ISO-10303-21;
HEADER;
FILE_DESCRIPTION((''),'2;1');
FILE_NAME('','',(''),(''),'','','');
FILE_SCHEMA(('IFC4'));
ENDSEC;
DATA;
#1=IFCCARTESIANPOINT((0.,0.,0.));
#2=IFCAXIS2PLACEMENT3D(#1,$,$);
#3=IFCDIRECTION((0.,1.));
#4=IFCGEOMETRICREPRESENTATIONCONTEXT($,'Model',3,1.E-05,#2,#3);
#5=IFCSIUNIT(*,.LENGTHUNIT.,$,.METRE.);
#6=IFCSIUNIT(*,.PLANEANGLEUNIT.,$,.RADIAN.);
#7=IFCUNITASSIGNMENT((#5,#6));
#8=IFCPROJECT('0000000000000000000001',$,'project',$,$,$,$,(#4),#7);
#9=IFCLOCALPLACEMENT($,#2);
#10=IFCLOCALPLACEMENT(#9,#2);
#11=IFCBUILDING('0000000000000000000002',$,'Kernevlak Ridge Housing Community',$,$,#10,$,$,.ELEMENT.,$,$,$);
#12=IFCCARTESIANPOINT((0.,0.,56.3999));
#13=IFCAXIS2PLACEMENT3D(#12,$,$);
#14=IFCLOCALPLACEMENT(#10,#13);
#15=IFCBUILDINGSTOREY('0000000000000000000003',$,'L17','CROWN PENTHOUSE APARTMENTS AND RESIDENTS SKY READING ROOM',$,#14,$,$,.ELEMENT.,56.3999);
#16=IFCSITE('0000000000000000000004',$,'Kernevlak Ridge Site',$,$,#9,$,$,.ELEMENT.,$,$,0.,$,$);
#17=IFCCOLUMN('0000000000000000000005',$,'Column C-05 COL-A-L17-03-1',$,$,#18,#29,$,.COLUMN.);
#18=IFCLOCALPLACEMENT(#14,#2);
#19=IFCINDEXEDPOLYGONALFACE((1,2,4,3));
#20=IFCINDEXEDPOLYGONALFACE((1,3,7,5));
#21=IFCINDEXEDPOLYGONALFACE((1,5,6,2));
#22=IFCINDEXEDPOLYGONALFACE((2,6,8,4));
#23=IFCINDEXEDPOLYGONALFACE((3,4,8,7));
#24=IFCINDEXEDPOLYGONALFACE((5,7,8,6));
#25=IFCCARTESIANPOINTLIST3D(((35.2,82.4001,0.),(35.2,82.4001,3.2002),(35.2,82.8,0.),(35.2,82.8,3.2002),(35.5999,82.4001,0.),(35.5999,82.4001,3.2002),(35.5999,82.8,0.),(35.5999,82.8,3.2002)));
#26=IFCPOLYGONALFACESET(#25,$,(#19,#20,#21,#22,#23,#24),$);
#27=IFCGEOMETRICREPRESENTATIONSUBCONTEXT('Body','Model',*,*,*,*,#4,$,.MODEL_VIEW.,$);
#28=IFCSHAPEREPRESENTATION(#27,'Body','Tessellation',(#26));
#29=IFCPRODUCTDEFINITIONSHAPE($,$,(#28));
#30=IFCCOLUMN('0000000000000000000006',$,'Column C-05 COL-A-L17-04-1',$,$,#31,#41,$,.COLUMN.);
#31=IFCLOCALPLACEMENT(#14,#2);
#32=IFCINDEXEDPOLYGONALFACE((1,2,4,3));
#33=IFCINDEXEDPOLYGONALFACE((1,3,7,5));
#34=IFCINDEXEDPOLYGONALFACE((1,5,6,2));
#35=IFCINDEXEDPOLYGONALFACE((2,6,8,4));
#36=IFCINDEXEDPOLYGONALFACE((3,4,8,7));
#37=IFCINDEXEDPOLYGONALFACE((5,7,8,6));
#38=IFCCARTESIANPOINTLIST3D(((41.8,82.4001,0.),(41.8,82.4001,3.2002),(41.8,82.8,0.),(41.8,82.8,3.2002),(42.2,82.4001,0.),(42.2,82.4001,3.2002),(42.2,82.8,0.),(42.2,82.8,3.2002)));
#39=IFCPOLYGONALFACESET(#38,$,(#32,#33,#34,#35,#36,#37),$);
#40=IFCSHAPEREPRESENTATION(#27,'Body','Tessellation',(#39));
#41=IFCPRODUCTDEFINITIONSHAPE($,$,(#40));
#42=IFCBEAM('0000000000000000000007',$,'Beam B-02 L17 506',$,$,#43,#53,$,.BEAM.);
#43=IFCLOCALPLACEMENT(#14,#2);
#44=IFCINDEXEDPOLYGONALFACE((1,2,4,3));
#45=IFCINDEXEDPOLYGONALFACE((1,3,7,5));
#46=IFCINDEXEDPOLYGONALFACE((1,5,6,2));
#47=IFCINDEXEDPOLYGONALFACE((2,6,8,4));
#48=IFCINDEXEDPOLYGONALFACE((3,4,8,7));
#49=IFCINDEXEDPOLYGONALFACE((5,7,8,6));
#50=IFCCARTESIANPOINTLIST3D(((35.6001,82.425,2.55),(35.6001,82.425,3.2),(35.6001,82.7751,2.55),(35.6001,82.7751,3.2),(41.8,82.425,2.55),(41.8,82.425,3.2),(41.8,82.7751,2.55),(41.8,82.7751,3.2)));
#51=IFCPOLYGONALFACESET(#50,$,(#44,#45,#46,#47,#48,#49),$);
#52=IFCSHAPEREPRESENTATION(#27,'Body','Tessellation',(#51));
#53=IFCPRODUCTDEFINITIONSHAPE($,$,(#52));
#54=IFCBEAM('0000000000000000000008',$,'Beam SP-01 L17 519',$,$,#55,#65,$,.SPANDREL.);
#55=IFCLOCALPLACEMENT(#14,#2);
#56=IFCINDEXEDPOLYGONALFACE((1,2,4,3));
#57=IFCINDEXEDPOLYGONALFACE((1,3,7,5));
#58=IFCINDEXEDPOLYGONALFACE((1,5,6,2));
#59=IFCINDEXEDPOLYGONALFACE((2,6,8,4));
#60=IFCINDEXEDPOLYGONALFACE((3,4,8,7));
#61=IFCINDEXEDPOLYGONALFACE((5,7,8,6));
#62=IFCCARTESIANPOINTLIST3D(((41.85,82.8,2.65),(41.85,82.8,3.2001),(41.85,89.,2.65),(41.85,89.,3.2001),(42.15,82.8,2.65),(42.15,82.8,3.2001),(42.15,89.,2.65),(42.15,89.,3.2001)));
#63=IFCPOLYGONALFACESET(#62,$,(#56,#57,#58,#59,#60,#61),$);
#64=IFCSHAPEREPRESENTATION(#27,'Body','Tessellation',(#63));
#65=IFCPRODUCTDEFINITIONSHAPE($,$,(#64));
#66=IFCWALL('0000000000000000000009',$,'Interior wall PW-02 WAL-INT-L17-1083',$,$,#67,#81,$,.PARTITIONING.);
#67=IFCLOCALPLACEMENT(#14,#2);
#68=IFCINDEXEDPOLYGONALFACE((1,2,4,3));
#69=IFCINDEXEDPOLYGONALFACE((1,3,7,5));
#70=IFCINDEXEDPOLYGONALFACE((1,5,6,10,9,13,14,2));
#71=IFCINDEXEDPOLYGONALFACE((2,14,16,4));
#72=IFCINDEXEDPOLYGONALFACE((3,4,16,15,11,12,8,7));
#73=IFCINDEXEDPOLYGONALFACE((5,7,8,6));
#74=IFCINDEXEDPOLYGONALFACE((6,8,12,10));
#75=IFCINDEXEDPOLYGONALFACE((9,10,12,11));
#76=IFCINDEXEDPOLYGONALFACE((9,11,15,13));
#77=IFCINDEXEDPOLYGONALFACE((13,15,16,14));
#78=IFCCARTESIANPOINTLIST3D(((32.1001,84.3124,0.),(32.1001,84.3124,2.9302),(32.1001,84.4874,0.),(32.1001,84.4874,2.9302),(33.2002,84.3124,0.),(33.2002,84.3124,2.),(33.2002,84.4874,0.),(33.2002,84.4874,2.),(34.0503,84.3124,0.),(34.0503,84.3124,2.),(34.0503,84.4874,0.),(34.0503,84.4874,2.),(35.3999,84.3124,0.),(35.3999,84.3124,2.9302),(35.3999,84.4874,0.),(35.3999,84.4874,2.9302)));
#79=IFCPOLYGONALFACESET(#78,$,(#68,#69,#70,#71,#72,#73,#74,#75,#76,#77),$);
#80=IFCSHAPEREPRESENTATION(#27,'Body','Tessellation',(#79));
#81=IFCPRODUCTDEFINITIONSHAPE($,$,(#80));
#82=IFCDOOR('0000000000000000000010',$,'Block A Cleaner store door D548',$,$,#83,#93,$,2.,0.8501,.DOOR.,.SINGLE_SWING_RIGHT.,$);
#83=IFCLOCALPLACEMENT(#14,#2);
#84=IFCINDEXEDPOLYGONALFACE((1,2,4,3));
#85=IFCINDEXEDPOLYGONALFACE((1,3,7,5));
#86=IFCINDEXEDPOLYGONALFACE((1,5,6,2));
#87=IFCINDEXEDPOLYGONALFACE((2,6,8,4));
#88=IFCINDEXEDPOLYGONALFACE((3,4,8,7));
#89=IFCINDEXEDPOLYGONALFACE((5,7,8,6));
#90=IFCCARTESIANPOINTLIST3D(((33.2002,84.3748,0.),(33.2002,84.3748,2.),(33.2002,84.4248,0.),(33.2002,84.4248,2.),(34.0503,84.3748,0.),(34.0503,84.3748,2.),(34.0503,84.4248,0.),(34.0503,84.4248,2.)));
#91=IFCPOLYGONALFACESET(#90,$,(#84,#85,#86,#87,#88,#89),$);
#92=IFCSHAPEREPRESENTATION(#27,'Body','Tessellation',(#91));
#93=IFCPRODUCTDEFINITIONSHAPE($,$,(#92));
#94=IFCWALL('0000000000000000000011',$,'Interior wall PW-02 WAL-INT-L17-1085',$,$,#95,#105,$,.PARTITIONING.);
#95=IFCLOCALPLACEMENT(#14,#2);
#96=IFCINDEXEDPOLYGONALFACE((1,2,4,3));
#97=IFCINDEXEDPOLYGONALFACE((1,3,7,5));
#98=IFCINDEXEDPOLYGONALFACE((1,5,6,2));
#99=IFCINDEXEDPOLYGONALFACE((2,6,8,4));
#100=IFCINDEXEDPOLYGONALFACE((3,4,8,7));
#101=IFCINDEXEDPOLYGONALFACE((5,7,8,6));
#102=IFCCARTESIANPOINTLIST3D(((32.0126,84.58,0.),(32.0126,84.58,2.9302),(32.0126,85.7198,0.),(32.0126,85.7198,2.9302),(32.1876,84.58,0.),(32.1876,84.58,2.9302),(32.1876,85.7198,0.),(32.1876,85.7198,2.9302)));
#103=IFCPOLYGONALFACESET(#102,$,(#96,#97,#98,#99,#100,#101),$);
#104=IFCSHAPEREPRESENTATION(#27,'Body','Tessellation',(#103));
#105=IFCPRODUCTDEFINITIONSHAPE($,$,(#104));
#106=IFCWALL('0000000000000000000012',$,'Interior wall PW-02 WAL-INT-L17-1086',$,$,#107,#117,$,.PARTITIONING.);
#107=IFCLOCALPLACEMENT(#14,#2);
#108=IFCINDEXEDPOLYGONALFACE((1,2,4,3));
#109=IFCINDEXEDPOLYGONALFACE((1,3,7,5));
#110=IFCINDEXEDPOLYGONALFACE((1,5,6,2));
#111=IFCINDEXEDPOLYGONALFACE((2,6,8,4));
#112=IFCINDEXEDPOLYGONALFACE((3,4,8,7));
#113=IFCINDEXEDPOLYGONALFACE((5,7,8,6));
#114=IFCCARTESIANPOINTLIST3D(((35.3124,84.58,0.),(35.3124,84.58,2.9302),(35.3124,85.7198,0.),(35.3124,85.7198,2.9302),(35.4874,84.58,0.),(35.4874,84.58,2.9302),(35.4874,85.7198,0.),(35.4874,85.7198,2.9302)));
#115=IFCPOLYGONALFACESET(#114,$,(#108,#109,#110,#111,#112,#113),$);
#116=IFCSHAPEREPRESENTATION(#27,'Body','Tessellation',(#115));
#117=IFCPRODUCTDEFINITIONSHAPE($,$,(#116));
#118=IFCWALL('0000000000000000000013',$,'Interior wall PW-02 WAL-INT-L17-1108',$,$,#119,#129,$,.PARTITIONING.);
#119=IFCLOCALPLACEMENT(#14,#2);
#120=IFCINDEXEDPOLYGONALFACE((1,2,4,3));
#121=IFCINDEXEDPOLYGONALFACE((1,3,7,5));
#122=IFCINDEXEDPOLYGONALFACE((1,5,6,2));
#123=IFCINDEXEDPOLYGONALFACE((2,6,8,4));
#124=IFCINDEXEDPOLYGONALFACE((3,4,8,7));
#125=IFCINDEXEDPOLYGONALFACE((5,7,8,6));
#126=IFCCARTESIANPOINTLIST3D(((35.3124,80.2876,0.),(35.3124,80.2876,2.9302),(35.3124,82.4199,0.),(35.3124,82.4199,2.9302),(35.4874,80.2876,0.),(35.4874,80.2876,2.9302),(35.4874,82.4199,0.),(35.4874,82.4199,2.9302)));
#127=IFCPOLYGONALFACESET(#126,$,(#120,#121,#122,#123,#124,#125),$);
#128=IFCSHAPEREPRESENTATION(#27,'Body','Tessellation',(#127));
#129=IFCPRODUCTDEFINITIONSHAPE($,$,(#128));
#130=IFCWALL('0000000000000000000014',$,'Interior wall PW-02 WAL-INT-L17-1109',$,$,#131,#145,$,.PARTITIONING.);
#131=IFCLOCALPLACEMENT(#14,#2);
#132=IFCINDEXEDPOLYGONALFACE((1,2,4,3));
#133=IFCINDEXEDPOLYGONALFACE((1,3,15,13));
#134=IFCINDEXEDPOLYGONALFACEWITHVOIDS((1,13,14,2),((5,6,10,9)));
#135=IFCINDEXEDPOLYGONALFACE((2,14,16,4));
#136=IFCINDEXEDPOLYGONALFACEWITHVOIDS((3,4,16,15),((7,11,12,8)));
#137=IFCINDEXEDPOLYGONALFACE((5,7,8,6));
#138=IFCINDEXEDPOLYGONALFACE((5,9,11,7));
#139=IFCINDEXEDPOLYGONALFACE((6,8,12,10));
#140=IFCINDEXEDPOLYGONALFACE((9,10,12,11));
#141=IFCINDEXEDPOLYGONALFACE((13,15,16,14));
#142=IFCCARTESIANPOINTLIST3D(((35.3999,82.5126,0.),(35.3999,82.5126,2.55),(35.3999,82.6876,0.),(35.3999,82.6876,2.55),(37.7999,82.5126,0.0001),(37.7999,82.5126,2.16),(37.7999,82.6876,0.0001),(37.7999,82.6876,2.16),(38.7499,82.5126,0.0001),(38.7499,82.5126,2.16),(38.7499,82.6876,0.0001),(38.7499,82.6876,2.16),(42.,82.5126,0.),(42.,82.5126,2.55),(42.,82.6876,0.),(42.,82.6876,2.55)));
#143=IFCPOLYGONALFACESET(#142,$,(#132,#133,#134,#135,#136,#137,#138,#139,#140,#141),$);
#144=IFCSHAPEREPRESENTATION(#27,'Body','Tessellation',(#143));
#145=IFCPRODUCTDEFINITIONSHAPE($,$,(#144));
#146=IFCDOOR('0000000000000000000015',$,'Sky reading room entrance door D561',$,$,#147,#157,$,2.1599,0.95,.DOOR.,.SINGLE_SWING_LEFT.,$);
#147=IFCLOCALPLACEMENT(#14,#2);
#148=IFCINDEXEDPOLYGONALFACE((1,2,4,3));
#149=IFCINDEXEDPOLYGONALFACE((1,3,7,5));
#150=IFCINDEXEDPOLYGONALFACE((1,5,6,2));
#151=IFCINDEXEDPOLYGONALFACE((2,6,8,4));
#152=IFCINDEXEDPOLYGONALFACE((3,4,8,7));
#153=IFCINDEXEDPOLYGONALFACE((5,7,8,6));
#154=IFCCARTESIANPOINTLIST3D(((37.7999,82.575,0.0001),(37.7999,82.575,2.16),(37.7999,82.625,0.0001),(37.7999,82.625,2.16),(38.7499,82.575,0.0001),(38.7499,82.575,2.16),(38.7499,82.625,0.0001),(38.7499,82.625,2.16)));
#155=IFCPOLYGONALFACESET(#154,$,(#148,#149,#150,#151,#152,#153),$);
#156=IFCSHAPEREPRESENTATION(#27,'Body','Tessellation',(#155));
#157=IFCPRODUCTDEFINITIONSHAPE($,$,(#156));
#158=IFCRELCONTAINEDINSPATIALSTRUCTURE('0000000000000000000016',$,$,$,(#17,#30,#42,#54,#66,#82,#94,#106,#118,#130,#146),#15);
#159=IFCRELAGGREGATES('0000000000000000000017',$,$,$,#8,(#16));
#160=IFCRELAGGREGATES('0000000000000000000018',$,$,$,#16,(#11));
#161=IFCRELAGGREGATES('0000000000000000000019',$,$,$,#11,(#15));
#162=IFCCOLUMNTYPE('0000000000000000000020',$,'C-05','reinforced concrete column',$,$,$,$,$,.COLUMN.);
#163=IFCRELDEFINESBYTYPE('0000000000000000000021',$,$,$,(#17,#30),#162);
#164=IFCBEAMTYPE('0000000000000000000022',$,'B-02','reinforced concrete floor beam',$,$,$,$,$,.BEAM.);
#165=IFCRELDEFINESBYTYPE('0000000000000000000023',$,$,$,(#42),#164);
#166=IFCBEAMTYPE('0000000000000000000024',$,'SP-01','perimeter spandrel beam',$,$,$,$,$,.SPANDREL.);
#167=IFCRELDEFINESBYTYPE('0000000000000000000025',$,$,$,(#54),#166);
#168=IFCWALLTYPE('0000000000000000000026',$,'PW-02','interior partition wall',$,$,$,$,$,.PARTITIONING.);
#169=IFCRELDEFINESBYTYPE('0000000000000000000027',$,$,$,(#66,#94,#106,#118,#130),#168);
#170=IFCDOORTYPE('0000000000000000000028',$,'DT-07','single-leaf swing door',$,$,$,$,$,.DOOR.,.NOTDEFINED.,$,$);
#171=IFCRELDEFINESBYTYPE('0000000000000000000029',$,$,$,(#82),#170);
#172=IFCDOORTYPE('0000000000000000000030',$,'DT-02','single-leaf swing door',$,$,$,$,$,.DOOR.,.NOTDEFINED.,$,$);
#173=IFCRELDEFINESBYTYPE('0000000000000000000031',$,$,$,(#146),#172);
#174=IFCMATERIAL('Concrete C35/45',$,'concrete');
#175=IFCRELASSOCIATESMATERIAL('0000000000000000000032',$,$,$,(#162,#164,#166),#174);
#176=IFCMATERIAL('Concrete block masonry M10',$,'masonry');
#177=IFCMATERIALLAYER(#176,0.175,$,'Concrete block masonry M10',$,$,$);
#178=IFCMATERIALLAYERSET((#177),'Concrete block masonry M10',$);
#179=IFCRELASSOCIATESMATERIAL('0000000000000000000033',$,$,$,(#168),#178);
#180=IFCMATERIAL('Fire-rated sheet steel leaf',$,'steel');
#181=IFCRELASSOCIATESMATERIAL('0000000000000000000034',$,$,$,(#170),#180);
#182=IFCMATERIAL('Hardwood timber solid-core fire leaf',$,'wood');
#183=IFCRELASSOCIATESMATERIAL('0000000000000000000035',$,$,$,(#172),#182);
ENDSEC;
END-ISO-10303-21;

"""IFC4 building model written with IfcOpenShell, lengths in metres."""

from ifc_helpers import new_model, si_unit, direction, frame, frame_2d, origin, origin_2d, place, context, subcontext, project, spatial, rectangle, extrude, material, layer, layer_set, material_profile, profile_set, type_object, element, fill, save


model = new_model("IFC4")

# Units and contexts
model_context = context("Model", 3, precision=1e-05, world=origin(), true_north=direction((0.0, 1.0)))
body_context = subcontext(model_context, "Body", "Model", "MODEL_VIEW")
ifc_project = project(units=[si_unit("LENGTHUNIT", "METRE"), si_unit("PLANEANGLEUNIT", "RADIAN")], contexts=[model_context])

# Site, building, storey
site_placement = place(None, origin())
site = spatial("IfcSite", under=ifc_project, at=site_placement, Name="Kernevlak Ridge Site", CompositionType="ELEMENT", RefElevation=0.0)
building_placement = place(site_placement, origin())
building = spatial("IfcBuilding", under=site, at=building_placement, Name="Kernevlak Ridge Housing Community", CompositionType="ELEMENT")
storey_placement = place(building_placement, frame((0.0, 0.0, 56.3999)))
storey = spatial("IfcBuildingStorey", under=building, at=storey_placement, Name="L17", Description="CROWN PENTHOUSE APARTMENTS AND RESIDENTS SKY READING ROOM", CompositionType="ELEMENT", Elevation=56.3999)

# Columns
ifc_material_1 = material(Name="Concrete C35/45", Category="concrete")
ifc_material_profile_1 = material_profile(ifc_material_1, rectangle(XDim=0.3999, YDim=0.3999, at=origin_2d()), Name="RC 400x400")
ifc_profile_set_1 = profile_set([ifc_material_profile_1], Name="Concrete C35/45")
column_type = type_object("IfcColumnType", Name="C-05", Description="reinforced concrete column", PredefinedType="COLUMN", material=ifc_profile_set_1)
for number, where, z_axis, x_axis, name in (
    (1, (35.3999, 82.6001, 0.0), (0.0, 0.0, 1.0), (1.0, 0.0, 0.0), "Column C-05 COL-A-L17-03-1"),
    (2, (42.0, 82.6001, 0.0), (0.0, 0.0, 1.0), (1.0, 0.0, 0.0), "Column C-05 COL-A-L17-04-1"),
):
    element("IfcColumn", number, at=place(storey_placement, frame(where, z_axis=z_axis, x_axis=x_axis)), inside=storey, type_object=column_type, Name=name, PredefinedType="COLUMN", context=body_context, shape_type="SweptSolid", body=[
        extrude(rectangle(XDim=0.3999, YDim=0.3999, at=origin_2d()), origin(), (0.0, 0.0, 1.0), 3.2002),
    ])

# Beams
ifc_material_profile_2 = material_profile(ifc_material_1, rectangle(XDim=0.3501, YDim=0.6499, at=origin_2d()), Name="RC 350x650")
ifc_profile_set_2 = profile_set([ifc_material_profile_2], Name="Concrete C35/45")
beam_type_1 = type_object("IfcBeamType", Name="B-02", Description="reinforced concrete floor beam", PredefinedType="BEAM", material=ifc_profile_set_2)
beam_1_placement = place(storey_placement, frame((35.6001, 82.6001, 2.875), z_axis=(1.0, 0.0, 0.0), x_axis=(0.0, 1.0, 0.0)))
element("IfcBeam", 3, at=beam_1_placement, inside=storey, type_object=beam_type_1, Name="Beam B-02 L17 506", PredefinedType="BEAM", context=body_context, shape_type="SweptSolid", body=[
    extrude(rectangle(XDim=0.3501, YDim=0.6499, at=origin_2d()), origin(), (0.0, 0.0, 1.0), 6.2),
])
ifc_material_profile_3 = material_profile(ifc_material_1, rectangle(XDim=0.3, YDim=0.55, at=origin_2d()), Name="RC 300x550")
ifc_profile_set_3 = profile_set([ifc_material_profile_3], Name="Concrete C35/45")
beam_type_2 = type_object("IfcBeamType", Name="SP-01", Description="perimeter spandrel beam", PredefinedType="SPANDREL", material=ifc_profile_set_3)
beam_2_placement = place(storey_placement, frame((42.0, 82.8, 2.925), z_axis=(0.0, 1.0, 0.0), x_axis=(-1.0, 0.0, 0.0)))
element("IfcBeam", 4, at=beam_2_placement, inside=storey, type_object=beam_type_2, Name="Beam SP-01 L17 519", PredefinedType="SPANDREL", context=body_context, shape_type="SweptSolid", body=[
    extrude(rectangle(XDim=0.3, YDim=0.55, at=origin_2d()), origin(), (0.0, 0.0, 1.0), 6.2),
])

# Wall, opening, door
ifc_material_2 = material(Name="Concrete block masonry M10", Category="masonry")
ifc_layer_1 = layer(ifc_material_2, 0.175, Name="Concrete block masonry M10")
ifc_layer_set_1 = layer_set([ifc_layer_1], Name="Concrete block masonry M10")
wall_type_1 = type_object("IfcWallType", Name="PW-02", Description="interior partition wall", PredefinedType="PARTITIONING", material=ifc_layer_set_1)
wall_1_placement = place(storey_placement, frame((32.1001, 84.3999, 0.0), z_axis=(0.0, 0.0, 1.0), x_axis=(1.0, 0.0, 0.0)))
wall_1 = element("IfcWall", 5, at=wall_1_placement, inside=storey, type_object=wall_type_1, Name="Interior wall PW-02 WAL-INT-L17-1083", PredefinedType="PARTITIONING", context=body_context, shape_type="SweptSolid", body=[
    extrude(rectangle(XDim=3.2998, YDim=0.175, at=frame_2d((1.6499, 0.0))), origin(), (0.0, 0.0, 1.0), 2.9302),
])
opening_1_placement = place(wall_1_placement, frame((1.1001, 0.0, 0.0)))
opening_1 = element("IfcOpeningElement", 6, at=opening_1_placement, cuts=wall_1, PredefinedType="OPENING", context=body_context, shape_type="SweptSolid", body=[
    extrude(rectangle(XDim=0.8501, YDim=2.0, at=frame_2d((0.425, 1.0))), frame((0.0, 0.0974, 0.0), z_axis=(0.0, -1.0, 0.0), x_axis=(1.0, 0.0, 0.0)), (0.0, 0.0, 1.0), 0.1951),
])
ifc_material_3 = material(Name="Fire-rated sheet steel leaf", Category="steel")
door_type_1 = type_object("IfcDoorType", Name="DT-07", Description="single-leaf swing door", OperationType="NOTDEFINED", PredefinedType="DOOR", material=ifc_material_3)
door_1_placement = place(opening_1_placement, origin())
door_1 = element("IfcDoor", 7, at=door_1_placement, inside=storey, type_object=door_type_1, Name="Block A Cleaner store door D548", OperationType="SINGLE_SWING_RIGHT", OverallHeight=2.0, OverallWidth=0.8501, PredefinedType="DOOR", context=body_context, shape_type="SweptSolid", body=[
    extrude(rectangle(XDim=0.8501, YDim=2.0, at=frame_2d((0.425, 1.0))), frame((0.0, 0.0249, 0.0), z_axis=(0.0, -1.0, 0.0), x_axis=(1.0, 0.0, 0.0)), (0.0, 0.0, 1.0), 0.05),
])
fill(opening_1, door_1)

# Walls
for number, where, z_axis, x_axis, name in (
    (8, (32.1001, 84.5801, 0.0), (0.0, 0.0, 1.0), (0.0, 1.0, 0.0), "Interior wall PW-02 WAL-INT-L17-1085"),
    (9, (35.3999, 84.5801, 0.0), (0.0, 0.0, 1.0), (0.0, 1.0, 0.0), "Interior wall PW-02 WAL-INT-L17-1086"),
):
    element("IfcWall", number, at=place(storey_placement, frame(where, z_axis=z_axis, x_axis=x_axis)), inside=storey, type_object=wall_type_1, Name=name, PredefinedType="PARTITIONING", context=body_context, shape_type="SweptSolid", body=[
        extrude(rectangle(XDim=1.1399, YDim=0.175, at=frame_2d((0.5698, 0.0))), origin(), (0.0, 0.0, 1.0), 2.9302),
    ])
wall_2_placement = place(storey_placement, frame((35.3999, 82.4199, 0.0), z_axis=(0.0, 0.0, 1.0), x_axis=(0.0, -1.0, 0.0)))
element("IfcWall", 10, at=wall_2_placement, inside=storey, type_object=wall_type_1, Name="Interior wall PW-02 WAL-INT-L17-1108", PredefinedType="PARTITIONING", context=body_context, shape_type="SweptSolid", body=[
    extrude(rectangle(XDim=2.1323, YDim=0.175, at=frame_2d((1.0662, 0.0))), origin(), (0.0, 0.0, 1.0), 2.9302),
])

# Wall, opening, door
wall_3_placement = place(storey_placement, frame((35.3999, 82.6001, 0.0), z_axis=(0.0, 0.0, 1.0), x_axis=(1.0, 0.0, 0.0)))
wall_3 = element("IfcWall", 11, at=wall_3_placement, inside=storey, type_object=wall_type_1, Name="Interior wall PW-02 WAL-INT-L17-1109", PredefinedType="PARTITIONING", context=body_context, shape_type="SweptSolid", body=[
    extrude(rectangle(XDim=6.6001, YDim=0.175, at=frame_2d((3.3, 0.0))), origin(), (0.0, 0.0, 1.0), 2.55),
])
opening_2_placement = place(wall_3_placement, frame((2.3999, 0.0, 0.0)))
opening_2 = element("IfcOpeningElement", 12, at=opening_2_placement, cuts=wall_3, PredefinedType="OPENING", context=body_context, shape_type="SweptSolid", body=[
    extrude(rectangle(XDim=0.95, YDim=2.1599, at=frame_2d((0.4751, 1.0801))), frame((0.0, 0.0974, 0.0), z_axis=(0.0, -1.0, 0.0), x_axis=(1.0, 0.0, 0.0)), (0.0, 0.0, 1.0), 0.1951),
])
ifc_material_4 = material(Name="Hardwood timber solid-core fire leaf", Category="wood")
door_type_2 = type_object("IfcDoorType", Name="DT-02", Description="single-leaf swing door", OperationType="NOTDEFINED", PredefinedType="DOOR", material=ifc_material_4)
door_2_placement = place(opening_2_placement, origin())
door_2 = element("IfcDoor", 13, at=door_2_placement, inside=storey, type_object=door_type_2, Name="Sky reading room entrance door D561", OperationType="SINGLE_SWING_LEFT", OverallHeight=2.1599, OverallWidth=0.95, PredefinedType="DOOR", context=body_context, shape_type="SweptSolid", body=[
    extrude(rectangle(XDim=0.95, YDim=2.1599, at=frame_2d((0.4751, 1.0801))), frame((0.0, 0.0249, 0.0), z_axis=(0.0, -1.0, 0.0), x_axis=(1.0, 0.0, 0.0)), (0.0, 0.0, 1.0), 0.05),
])
fill(opening_2, door_2)

save(model, "model.ifc")
